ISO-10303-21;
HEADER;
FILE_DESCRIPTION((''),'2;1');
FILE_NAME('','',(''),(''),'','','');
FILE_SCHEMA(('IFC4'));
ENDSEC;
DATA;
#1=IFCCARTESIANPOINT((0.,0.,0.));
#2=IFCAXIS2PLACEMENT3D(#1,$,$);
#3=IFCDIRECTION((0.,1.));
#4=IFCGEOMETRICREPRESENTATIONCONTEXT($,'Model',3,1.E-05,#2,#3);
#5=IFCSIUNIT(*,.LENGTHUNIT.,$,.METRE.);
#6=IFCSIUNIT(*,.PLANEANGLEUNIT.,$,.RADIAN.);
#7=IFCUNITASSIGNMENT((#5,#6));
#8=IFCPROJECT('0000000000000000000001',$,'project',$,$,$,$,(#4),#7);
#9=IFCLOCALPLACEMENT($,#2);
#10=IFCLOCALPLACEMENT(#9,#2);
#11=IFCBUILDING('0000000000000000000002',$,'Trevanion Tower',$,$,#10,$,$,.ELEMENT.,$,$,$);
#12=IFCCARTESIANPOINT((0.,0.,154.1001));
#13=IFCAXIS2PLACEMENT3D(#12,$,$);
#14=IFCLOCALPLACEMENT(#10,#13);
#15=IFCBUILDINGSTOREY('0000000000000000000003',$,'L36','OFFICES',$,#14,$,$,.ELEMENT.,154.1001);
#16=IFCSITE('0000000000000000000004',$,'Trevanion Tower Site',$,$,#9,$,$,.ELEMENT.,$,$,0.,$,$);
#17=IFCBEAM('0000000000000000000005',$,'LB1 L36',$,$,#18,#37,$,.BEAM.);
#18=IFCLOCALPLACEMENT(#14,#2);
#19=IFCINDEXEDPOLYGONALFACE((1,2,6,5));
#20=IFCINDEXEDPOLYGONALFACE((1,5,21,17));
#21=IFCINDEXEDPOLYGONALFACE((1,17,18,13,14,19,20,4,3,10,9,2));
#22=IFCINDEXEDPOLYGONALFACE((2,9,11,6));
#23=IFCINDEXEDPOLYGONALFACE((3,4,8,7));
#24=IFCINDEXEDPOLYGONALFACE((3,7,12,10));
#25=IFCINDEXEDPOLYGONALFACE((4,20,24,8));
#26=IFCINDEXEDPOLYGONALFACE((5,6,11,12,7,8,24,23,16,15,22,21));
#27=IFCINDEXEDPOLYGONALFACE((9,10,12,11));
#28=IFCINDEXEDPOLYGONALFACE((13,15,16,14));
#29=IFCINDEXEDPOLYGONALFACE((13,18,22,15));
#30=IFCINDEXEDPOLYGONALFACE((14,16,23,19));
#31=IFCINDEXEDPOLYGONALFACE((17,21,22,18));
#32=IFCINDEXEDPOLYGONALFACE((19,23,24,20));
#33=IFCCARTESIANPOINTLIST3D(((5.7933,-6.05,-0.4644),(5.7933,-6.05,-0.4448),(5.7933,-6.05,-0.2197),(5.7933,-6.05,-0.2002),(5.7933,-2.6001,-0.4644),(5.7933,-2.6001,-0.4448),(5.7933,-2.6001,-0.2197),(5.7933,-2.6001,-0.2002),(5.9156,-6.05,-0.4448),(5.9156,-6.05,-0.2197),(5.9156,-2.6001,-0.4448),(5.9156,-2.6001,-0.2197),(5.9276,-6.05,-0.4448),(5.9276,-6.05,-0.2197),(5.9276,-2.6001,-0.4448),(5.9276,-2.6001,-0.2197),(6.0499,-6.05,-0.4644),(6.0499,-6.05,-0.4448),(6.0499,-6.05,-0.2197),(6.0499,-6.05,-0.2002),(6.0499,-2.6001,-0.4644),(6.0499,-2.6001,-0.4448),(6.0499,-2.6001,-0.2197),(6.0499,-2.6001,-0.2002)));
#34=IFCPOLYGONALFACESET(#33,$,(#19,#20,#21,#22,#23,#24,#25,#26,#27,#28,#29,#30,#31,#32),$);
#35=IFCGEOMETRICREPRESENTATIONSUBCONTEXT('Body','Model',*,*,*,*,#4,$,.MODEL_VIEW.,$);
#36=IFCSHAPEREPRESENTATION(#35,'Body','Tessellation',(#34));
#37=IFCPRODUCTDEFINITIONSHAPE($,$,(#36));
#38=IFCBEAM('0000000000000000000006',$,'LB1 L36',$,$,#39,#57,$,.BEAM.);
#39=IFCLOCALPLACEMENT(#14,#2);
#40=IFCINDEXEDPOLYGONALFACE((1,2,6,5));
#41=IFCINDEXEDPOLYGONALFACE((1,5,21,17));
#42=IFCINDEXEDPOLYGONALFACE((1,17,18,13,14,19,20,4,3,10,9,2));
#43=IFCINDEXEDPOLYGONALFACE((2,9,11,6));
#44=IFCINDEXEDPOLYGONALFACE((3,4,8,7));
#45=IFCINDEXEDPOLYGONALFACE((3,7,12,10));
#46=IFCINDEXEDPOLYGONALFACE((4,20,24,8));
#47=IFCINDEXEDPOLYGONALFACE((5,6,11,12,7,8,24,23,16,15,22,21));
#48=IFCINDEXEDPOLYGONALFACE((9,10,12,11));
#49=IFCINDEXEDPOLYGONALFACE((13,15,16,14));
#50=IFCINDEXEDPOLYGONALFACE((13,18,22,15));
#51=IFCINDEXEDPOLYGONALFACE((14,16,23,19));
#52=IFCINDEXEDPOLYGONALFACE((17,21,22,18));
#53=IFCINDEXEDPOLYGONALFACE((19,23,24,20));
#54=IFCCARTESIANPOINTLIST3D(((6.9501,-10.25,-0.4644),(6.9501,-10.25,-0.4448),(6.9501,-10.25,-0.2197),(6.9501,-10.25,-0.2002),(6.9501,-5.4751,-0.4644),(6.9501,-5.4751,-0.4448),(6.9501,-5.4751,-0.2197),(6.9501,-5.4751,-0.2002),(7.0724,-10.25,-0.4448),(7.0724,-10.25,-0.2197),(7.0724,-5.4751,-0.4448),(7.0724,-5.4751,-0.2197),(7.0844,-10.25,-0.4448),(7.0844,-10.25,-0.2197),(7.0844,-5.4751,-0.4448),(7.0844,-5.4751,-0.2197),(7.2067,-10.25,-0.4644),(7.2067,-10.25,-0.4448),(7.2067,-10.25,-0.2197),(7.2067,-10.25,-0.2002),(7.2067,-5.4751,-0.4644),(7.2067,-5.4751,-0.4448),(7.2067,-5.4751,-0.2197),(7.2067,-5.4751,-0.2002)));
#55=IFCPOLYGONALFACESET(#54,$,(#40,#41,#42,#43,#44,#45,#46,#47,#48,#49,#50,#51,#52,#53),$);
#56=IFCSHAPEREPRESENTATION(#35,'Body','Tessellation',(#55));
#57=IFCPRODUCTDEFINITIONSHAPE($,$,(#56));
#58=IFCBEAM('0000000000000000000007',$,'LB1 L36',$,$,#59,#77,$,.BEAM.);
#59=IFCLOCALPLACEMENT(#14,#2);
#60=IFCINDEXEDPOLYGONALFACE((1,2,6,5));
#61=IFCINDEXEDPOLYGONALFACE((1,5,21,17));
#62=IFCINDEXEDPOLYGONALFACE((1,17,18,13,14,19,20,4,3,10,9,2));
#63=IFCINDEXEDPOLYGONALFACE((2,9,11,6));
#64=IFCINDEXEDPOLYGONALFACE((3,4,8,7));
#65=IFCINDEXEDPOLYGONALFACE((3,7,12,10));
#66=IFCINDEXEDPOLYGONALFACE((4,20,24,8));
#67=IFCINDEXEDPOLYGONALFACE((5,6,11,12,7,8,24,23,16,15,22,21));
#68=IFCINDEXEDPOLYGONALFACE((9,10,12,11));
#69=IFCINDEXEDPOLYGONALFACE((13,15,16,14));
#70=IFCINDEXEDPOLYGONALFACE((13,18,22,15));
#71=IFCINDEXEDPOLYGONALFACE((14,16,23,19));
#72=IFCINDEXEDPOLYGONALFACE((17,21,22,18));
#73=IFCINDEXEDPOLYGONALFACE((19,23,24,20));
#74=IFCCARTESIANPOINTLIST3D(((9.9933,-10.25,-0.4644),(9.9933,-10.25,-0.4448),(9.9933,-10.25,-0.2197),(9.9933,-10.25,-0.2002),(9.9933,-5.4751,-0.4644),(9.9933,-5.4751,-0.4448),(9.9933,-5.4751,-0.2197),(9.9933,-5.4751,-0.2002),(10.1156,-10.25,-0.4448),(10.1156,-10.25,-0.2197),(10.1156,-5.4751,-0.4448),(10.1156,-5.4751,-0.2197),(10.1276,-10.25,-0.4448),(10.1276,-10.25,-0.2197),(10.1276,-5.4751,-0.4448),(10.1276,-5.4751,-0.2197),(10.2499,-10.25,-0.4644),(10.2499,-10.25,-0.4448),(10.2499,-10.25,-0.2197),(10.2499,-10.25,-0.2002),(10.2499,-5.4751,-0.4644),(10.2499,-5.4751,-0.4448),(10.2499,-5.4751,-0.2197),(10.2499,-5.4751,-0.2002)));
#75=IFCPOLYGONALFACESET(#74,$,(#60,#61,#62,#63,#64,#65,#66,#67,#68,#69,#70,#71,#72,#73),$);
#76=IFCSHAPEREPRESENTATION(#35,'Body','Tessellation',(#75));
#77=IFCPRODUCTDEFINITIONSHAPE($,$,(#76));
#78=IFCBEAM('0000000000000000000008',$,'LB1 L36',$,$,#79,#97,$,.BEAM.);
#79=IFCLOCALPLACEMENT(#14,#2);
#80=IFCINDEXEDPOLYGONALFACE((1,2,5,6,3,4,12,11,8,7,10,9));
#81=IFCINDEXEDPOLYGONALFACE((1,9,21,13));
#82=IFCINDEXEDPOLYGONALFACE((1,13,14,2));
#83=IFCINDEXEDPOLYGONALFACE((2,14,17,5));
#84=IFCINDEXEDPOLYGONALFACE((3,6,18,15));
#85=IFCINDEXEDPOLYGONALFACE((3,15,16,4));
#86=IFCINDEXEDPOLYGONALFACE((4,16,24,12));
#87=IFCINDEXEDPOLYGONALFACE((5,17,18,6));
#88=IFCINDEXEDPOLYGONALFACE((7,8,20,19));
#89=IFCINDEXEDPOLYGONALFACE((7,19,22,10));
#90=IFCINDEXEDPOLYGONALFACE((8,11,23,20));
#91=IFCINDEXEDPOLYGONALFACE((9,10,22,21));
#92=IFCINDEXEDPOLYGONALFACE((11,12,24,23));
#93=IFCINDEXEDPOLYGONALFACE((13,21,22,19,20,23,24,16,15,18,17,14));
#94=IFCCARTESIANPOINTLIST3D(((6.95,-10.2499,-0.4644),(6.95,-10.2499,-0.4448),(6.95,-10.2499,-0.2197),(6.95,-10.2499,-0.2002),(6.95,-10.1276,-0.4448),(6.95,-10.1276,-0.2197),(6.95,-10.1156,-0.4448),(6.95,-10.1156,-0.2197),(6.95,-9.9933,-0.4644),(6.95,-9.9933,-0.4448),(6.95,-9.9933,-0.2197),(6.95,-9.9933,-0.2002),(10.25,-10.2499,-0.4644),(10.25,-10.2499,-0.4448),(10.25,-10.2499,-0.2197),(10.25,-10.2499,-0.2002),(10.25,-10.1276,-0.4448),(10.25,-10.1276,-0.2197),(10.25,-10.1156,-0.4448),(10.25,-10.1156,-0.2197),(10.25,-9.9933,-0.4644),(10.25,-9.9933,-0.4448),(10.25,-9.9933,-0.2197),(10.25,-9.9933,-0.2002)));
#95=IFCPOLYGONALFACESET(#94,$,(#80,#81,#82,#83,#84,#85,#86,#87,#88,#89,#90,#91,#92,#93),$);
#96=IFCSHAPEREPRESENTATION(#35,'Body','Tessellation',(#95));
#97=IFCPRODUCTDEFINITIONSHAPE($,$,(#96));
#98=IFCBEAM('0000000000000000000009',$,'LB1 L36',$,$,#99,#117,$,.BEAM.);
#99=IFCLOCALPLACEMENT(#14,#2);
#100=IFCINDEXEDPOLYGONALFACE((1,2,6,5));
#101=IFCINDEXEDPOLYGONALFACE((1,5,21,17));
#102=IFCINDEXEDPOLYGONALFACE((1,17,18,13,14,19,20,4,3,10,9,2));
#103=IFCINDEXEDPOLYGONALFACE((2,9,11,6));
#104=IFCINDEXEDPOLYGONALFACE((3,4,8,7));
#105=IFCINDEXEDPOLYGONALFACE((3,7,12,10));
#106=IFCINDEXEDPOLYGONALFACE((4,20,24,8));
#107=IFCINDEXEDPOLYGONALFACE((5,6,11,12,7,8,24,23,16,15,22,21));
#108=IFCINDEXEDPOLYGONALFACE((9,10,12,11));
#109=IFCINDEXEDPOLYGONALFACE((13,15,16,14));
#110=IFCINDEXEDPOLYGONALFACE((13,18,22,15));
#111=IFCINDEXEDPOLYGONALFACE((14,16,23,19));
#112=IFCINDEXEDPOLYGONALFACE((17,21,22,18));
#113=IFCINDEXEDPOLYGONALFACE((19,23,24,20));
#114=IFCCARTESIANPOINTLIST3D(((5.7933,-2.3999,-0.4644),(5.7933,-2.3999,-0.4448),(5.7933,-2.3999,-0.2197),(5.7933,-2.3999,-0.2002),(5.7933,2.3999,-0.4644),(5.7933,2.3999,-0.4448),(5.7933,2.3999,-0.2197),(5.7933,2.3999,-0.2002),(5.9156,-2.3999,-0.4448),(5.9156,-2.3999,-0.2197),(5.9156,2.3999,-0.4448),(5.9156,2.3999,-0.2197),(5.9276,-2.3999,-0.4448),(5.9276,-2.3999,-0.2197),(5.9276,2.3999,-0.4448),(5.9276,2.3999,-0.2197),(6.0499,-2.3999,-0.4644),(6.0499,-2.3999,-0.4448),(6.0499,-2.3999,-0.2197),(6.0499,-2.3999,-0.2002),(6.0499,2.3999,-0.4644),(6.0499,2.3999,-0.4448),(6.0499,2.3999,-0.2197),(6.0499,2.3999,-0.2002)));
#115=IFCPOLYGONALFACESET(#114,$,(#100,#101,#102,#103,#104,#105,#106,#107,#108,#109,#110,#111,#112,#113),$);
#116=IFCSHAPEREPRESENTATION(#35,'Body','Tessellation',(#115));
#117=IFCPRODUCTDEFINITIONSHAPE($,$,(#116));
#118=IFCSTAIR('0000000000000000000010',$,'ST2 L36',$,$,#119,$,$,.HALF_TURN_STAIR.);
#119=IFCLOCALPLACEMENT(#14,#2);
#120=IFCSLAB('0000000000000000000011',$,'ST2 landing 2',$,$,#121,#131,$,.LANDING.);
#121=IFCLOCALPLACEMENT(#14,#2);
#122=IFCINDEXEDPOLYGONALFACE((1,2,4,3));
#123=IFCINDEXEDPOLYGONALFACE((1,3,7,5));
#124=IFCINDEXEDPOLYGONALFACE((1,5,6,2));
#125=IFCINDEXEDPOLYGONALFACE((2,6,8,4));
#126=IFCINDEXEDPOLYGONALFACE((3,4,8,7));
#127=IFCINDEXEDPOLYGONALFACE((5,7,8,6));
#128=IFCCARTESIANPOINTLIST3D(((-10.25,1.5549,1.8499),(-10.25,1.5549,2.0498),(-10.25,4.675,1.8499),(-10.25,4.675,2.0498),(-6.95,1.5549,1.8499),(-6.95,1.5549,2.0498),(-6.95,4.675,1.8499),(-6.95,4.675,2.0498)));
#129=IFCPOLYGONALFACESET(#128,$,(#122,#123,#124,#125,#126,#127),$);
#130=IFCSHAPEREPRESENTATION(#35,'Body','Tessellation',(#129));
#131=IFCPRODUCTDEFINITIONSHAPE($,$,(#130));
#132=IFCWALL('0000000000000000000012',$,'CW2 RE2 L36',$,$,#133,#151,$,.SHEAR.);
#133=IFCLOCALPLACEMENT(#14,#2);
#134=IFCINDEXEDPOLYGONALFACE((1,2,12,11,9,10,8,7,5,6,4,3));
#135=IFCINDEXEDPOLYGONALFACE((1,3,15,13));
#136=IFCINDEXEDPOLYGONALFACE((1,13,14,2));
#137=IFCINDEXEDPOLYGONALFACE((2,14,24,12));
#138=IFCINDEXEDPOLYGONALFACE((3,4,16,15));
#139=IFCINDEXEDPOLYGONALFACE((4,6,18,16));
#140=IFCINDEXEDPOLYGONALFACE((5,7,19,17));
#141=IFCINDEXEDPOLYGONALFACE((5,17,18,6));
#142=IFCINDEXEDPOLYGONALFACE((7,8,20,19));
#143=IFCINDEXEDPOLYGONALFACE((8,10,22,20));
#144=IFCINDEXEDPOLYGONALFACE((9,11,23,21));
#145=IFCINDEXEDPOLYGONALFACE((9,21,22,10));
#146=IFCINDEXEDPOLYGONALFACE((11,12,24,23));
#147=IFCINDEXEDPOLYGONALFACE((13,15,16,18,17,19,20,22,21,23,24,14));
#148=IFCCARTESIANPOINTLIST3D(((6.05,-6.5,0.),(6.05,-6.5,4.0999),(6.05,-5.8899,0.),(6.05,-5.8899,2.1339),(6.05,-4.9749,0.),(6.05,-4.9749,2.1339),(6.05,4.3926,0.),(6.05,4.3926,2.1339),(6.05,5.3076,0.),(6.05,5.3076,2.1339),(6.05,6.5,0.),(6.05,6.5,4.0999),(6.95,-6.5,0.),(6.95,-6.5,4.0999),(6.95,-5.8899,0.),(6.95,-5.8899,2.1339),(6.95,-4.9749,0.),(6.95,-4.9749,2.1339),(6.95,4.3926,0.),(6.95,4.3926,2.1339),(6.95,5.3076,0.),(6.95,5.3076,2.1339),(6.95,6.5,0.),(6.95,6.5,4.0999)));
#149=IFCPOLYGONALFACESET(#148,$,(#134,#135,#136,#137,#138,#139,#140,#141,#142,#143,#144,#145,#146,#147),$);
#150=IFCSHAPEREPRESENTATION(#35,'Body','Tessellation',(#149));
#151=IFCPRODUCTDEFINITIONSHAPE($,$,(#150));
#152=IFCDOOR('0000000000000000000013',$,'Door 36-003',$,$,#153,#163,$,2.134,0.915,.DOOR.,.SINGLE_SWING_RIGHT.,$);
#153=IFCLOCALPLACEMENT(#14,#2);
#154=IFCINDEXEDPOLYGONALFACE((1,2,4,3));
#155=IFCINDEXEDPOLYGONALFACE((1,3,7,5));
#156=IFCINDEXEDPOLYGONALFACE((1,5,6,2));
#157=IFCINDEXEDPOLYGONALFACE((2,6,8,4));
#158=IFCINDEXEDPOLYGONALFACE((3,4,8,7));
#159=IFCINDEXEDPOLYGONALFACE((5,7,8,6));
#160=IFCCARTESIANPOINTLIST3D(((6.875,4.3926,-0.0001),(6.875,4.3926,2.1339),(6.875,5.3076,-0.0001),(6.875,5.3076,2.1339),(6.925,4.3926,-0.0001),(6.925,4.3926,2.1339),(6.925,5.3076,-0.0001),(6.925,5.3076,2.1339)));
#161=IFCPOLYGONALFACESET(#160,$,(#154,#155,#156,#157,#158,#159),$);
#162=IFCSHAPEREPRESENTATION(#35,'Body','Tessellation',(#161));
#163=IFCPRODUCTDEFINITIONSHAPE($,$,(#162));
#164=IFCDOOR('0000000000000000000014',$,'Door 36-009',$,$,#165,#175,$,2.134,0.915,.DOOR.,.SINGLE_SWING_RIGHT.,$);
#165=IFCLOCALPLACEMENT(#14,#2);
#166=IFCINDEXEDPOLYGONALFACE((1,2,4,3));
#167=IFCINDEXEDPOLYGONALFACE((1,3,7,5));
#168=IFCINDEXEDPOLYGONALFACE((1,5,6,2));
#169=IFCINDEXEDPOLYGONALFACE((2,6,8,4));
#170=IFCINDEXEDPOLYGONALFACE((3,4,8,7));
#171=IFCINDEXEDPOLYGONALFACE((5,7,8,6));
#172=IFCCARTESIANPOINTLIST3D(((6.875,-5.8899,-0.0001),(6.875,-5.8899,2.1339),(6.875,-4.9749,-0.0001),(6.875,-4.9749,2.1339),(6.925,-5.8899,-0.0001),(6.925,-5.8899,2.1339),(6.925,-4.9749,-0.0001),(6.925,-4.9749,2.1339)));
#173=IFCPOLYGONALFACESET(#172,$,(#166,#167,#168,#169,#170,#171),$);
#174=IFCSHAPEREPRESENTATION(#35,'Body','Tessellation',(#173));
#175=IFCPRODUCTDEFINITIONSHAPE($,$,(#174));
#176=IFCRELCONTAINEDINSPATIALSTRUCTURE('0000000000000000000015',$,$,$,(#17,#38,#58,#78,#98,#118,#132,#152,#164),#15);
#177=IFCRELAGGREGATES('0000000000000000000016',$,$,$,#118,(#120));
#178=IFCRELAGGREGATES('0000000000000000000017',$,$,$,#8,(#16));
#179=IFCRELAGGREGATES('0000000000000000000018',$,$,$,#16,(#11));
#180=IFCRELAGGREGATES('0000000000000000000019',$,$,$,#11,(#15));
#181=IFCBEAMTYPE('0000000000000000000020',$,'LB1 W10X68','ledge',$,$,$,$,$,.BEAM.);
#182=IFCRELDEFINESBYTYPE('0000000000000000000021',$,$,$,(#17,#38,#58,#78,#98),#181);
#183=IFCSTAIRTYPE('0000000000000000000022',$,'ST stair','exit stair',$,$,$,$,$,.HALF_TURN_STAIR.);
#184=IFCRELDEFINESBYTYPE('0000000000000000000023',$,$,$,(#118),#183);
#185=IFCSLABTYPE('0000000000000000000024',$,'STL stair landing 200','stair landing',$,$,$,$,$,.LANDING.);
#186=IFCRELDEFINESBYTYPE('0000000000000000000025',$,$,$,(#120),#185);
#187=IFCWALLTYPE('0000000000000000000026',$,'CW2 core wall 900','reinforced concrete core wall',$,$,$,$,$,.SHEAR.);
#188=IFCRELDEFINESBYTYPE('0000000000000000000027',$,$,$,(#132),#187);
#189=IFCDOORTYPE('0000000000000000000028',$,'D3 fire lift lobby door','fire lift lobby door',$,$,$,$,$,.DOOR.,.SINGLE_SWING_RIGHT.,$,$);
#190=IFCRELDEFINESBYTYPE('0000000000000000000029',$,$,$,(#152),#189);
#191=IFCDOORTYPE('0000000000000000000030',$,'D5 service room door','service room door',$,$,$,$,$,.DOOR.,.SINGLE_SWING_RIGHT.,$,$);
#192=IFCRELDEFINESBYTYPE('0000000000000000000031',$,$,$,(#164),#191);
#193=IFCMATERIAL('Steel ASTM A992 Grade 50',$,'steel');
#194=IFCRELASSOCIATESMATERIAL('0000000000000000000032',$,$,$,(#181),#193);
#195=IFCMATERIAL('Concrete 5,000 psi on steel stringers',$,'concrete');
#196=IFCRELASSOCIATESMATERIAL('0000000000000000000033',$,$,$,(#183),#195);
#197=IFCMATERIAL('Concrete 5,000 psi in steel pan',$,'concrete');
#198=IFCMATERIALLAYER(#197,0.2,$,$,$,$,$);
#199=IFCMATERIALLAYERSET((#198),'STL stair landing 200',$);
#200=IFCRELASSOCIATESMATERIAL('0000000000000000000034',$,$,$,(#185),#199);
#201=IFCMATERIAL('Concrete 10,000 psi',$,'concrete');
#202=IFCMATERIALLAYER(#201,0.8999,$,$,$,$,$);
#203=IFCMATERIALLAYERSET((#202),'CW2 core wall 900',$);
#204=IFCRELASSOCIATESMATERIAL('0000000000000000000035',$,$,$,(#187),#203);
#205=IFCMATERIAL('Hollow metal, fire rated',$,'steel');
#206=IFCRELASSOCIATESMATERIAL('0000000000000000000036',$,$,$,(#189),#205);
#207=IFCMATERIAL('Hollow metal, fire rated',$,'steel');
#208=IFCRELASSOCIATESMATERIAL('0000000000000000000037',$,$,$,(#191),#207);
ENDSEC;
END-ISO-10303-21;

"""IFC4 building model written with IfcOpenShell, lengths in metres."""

from ifc_helpers import new_model, si_unit, direction, frame, frame_2d, origin, origin_2d, place, context, subcontext, project, spatial, polyline, rectangle, i_section, outline, extrude, material, layer, layer_set, material_profile, profile_set, type_object, element, fill, aggregate, save


model = new_model("IFC4")

# Units and contexts
model_context = context("Model", 3, precision=1e-05, world=origin(), true_north=direction((0.0, 1.0)))
body_context = subcontext(model_context, "Body", "Model", "MODEL_VIEW")
ifc_project = project(units=[si_unit("LENGTHUNIT", "METRE"), si_unit("PLANEANGLEUNIT", "RADIAN")], contexts=[model_context])

# Site, building, storey
site_placement = place(None, origin())
site = spatial("IfcSite", under=ifc_project, at=site_placement, Name="Trevanion Tower Site", CompositionType="ELEMENT", RefElevation=0.0)
building_placement = place(site_placement, origin())
building = spatial("IfcBuilding", under=site, at=building_placement, Name="Trevanion Tower", CompositionType="ELEMENT")
storey_placement = place(building_placement, frame((0.0, 0.0, 154.1001)))
storey = spatial("IfcBuildingStorey", under=building, at=storey_placement, Name="L36", Description="OFFICES", CompositionType="ELEMENT", Elevation=154.1001)

# Beams
ifc_material_1 = material(Name="Steel ASTM A992 Grade 50", Category="steel")
ifc_material_profile = material_profile(ifc_material_1, i_section(OverallWidth=0.2566, OverallDepth=0.2642, WebThickness=0.012, FlangeThickness=0.0195, at=origin_2d()), Name="W10X68")
ifc_profile_set = profile_set([ifc_material_profile], Name="Steel ASTM A992 Grade 50")
beam_type = type_object("IfcBeamType", Name="LB1 W10X68", Description="ledge", PredefinedType="BEAM", material=ifc_profile_set)
beam_1_placement = place(storey_placement, frame((5.9216, -6.05, -0.3323), z_axis=(0.0, 1.0, 0.0), x_axis=(-1.0, 0.0, 0.0)))
element("IfcBeam", 1, at=beam_1_placement, inside=storey, type_object=beam_type, Name="LB1 L36", PredefinedType="BEAM", context=body_context, shape_type="SweptSolid", body=[
    extrude(i_section(OverallWidth=0.2566, OverallDepth=0.2642, WebThickness=0.012, FlangeThickness=0.0195, at=origin_2d()), origin(), (0.0, 0.0, 1.0), 3.45),
])
for number, where, z_axis, x_axis, name in (
    (2, (7.0784, -10.25, -0.3323), (0.0, 1.0, 0.0), (-1.0, 0.0, 0.0), "LB1 L36"),
    (3, (10.1216, -10.25, -0.3323), (0.0, 1.0, 0.0), (-1.0, 0.0, 0.0), "LB1 L36"),
):
    element("IfcBeam", number, at=place(storey_placement, frame(where, z_axis=z_axis, x_axis=x_axis)), inside=storey, type_object=beam_type, Name=name, PredefinedType="BEAM", context=body_context, shape_type="SweptSolid", body=[
        extrude(i_section(OverallWidth=0.2566, OverallDepth=0.2642, WebThickness=0.012, FlangeThickness=0.0195, at=origin_2d()), origin(), (0.0, 0.0, 1.0), 4.7749),
    ])
beam_2_placement = place(storey_placement, frame((6.95, -10.1216, -0.3323), z_axis=(1.0, 0.0, 0.0), x_axis=(0.0, 1.0, 0.0)))
element("IfcBeam", 4, at=beam_2_placement, inside=storey, type_object=beam_type, Name="LB1 L36", PredefinedType="BEAM", context=body_context, shape_type="SweptSolid", body=[
    extrude(i_section(OverallWidth=0.2566, OverallDepth=0.2642, WebThickness=0.012, FlangeThickness=0.0195, at=origin_2d()), origin(), (0.0, 0.0, 1.0), 3.3),
])
beam_3_placement = place(storey_placement, frame((5.9216, -2.3999, -0.3323), z_axis=(0.0, 1.0, 0.0), x_axis=(-1.0, 0.0, 0.0)))
element("IfcBeam", 5, at=beam_3_placement, inside=storey, type_object=beam_type, Name="LB1 L36", PredefinedType="BEAM", context=body_context, shape_type="SweptSolid", body=[
    extrude(i_section(OverallWidth=0.2566, OverallDepth=0.2642, WebThickness=0.012, FlangeThickness=0.0195, at=origin_2d()), origin(), (0.0, 0.0, 1.0), 4.7998),
])

# Stair, slab
ifc_material_2 = material(Name="Concrete 5,000 psi on steel stringers", Category="concrete")
stair_type = type_object("IfcStairType", Name="ST stair", Description="exit stair", PredefinedType="HALF_TURN_STAIR", material=ifc_material_2)
stair_1_placement = place(storey_placement, origin())
stair_1 = element("IfcStair", 6, at=stair_1_placement, inside=storey, type_object=stair_type, Name="ST2 L36", PredefinedType="HALF_TURN_STAIR")
ifc_material_3 = material(Name="Concrete 5,000 psi in steel pan", Category="concrete")
ifc_layer_1 = layer(ifc_material_3, 0.2)
ifc_layer_set_1 = layer_set([ifc_layer_1], Name="STL stair landing 200")
slab_type = type_object("IfcSlabType", Name="STL stair landing 200", Description="stair landing", PredefinedType="LANDING", material=ifc_layer_set_1)
slab_placement = place(storey_placement, frame((0.0, 0.0, 1.8499)))
slab = element("IfcSlab", 7, at=slab_placement, type_object=slab_type, Name="ST2 landing 2", PredefinedType="LANDING", context=body_context, shape_type="SweptSolid", body=[
    extrude(outline(polyline([(-6.95, 4.675), (-10.25, 4.675), (-10.25, 1.5549), (-6.95, 1.5549), (-6.95, 4.675)])), origin(), (0.0, 0.0, 1.0), 0.2),
])
aggregate(stair_1, [slab])

# Wall, openings, doors
ifc_material_4 = material(Name="Concrete 10,000 psi", Category="concrete")
ifc_layer_2 = layer(ifc_material_4, 0.8999)
ifc_layer_set_2 = layer_set([ifc_layer_2], Name="CW2 core wall 900")
wall_type_1 = type_object("IfcWallType", Name="CW2 core wall 900", Description="reinforced concrete core wall", PredefinedType="SHEAR", material=ifc_layer_set_2)
wall_1_placement = place(storey_placement, frame((6.5, -6.5, 0.0), z_axis=(0.0, 0.0, 1.0), x_axis=(0.0, 1.0, 0.0)))
wall_1 = element("IfcWall", 8, at=wall_1_placement, inside=storey, type_object=wall_type_1, Name="CW2 RE2 L36", PredefinedType="SHEAR", context=body_context, shape_type="SweptSolid", body=[
    extrude(rectangle(XDim=13.0, YDim=0.8999, at=frame_2d((6.5, 0.0))), origin(), (0.0, 0.0, 1.0), 4.0999),
])
opening_1_placement = place(wall_1_placement, frame((10.8926, 0.0, 0.0)))
opening_1 = element("IfcOpeningElement", 9, at=opening_1_placement, cuts=wall_1, PredefinedType="OPENING", context=body_context, shape_type="SweptSolid", body=[
    extrude(rectangle(XDim=0.915, YDim=2.134, at=frame_2d((0.4575, 1.0669))), frame((0.0, 0.46, 0.0), z_axis=(0.0, -1.0, 0.0), x_axis=(1.0, 0.0, 0.0)), (0.0, 0.0, 1.0), 0.9199),
])
opening_2_placement = place(wall_1_placement, frame((0.6101, 0.0, 0.0)))
opening_2 = element("IfcOpeningElement", 10, at=opening_2_placement, cuts=wall_1, PredefinedType="OPENING", context=body_context, shape_type="SweptSolid", body=[
    extrude(rectangle(XDim=0.915, YDim=2.134, at=frame_2d((0.4575, 1.0669))), frame((0.0, 0.46, 0.0), z_axis=(0.0, -1.0, 0.0), x_axis=(1.0, 0.0, 0.0)), (0.0, 0.0, 1.0), 0.9199),
])
ifc_material_5 = material(Name="Hollow metal, fire rated", Category="steel")
door_type_1 = type_object("IfcDoorType", Name="D3 fire lift lobby door", Description="fire lift lobby door", OperationType="SINGLE_SWING_RIGHT", PredefinedType="DOOR", material=ifc_material_5)
door_1_placement = place(opening_1_placement, origin())
door_1 = element("IfcDoor", 11, at=door_1_placement, inside=storey, type_object=door_type_1, Name="Door 36-003", OperationType="SINGLE_SWING_RIGHT", OverallHeight=2.134, OverallWidth=0.915, PredefinedType="DOOR", context=body_context, shape_type="SweptSolid", body=[
    extrude(rectangle(XDim=0.915, YDim=2.134, at=frame_2d((0.4575, 1.0669))), frame((0.0, -0.375, 0.0), z_axis=(0.0, -1.0, 0.0), x_axis=(1.0, 0.0, 0.0)), (0.0, 0.0, 1.0), 0.05),
])
fill(opening_1, door_1)
ifc_material_6 = material(Name="Hollow metal, fire rated", Category="steel")
door_type_2 = type_object("IfcDoorType", Name="D5 service room door", Description="service room door", OperationType="SINGLE_SWING_RIGHT", PredefinedType="DOOR", material=ifc_material_6)
door_2_placement = place(opening_2_placement, origin())
door_2 = element("IfcDoor", 12, at=door_2_placement, inside=storey, type_object=door_type_2, Name="Door 36-009", OperationType="SINGLE_SWING_RIGHT", OverallHeight=2.134, OverallWidth=0.915, PredefinedType="DOOR", context=body_context, shape_type="SweptSolid", body=[
    extrude(rectangle(XDim=0.915, YDim=2.134, at=frame_2d((0.4575, 1.0669))), frame((0.0, -0.375, 0.0), z_axis=(0.0, -1.0, 0.0), x_axis=(1.0, 0.0, 0.0)), (0.0, 0.0, 1.0), 0.05),
])
fill(opening_2, door_2)

save(model, "model.ifc")
